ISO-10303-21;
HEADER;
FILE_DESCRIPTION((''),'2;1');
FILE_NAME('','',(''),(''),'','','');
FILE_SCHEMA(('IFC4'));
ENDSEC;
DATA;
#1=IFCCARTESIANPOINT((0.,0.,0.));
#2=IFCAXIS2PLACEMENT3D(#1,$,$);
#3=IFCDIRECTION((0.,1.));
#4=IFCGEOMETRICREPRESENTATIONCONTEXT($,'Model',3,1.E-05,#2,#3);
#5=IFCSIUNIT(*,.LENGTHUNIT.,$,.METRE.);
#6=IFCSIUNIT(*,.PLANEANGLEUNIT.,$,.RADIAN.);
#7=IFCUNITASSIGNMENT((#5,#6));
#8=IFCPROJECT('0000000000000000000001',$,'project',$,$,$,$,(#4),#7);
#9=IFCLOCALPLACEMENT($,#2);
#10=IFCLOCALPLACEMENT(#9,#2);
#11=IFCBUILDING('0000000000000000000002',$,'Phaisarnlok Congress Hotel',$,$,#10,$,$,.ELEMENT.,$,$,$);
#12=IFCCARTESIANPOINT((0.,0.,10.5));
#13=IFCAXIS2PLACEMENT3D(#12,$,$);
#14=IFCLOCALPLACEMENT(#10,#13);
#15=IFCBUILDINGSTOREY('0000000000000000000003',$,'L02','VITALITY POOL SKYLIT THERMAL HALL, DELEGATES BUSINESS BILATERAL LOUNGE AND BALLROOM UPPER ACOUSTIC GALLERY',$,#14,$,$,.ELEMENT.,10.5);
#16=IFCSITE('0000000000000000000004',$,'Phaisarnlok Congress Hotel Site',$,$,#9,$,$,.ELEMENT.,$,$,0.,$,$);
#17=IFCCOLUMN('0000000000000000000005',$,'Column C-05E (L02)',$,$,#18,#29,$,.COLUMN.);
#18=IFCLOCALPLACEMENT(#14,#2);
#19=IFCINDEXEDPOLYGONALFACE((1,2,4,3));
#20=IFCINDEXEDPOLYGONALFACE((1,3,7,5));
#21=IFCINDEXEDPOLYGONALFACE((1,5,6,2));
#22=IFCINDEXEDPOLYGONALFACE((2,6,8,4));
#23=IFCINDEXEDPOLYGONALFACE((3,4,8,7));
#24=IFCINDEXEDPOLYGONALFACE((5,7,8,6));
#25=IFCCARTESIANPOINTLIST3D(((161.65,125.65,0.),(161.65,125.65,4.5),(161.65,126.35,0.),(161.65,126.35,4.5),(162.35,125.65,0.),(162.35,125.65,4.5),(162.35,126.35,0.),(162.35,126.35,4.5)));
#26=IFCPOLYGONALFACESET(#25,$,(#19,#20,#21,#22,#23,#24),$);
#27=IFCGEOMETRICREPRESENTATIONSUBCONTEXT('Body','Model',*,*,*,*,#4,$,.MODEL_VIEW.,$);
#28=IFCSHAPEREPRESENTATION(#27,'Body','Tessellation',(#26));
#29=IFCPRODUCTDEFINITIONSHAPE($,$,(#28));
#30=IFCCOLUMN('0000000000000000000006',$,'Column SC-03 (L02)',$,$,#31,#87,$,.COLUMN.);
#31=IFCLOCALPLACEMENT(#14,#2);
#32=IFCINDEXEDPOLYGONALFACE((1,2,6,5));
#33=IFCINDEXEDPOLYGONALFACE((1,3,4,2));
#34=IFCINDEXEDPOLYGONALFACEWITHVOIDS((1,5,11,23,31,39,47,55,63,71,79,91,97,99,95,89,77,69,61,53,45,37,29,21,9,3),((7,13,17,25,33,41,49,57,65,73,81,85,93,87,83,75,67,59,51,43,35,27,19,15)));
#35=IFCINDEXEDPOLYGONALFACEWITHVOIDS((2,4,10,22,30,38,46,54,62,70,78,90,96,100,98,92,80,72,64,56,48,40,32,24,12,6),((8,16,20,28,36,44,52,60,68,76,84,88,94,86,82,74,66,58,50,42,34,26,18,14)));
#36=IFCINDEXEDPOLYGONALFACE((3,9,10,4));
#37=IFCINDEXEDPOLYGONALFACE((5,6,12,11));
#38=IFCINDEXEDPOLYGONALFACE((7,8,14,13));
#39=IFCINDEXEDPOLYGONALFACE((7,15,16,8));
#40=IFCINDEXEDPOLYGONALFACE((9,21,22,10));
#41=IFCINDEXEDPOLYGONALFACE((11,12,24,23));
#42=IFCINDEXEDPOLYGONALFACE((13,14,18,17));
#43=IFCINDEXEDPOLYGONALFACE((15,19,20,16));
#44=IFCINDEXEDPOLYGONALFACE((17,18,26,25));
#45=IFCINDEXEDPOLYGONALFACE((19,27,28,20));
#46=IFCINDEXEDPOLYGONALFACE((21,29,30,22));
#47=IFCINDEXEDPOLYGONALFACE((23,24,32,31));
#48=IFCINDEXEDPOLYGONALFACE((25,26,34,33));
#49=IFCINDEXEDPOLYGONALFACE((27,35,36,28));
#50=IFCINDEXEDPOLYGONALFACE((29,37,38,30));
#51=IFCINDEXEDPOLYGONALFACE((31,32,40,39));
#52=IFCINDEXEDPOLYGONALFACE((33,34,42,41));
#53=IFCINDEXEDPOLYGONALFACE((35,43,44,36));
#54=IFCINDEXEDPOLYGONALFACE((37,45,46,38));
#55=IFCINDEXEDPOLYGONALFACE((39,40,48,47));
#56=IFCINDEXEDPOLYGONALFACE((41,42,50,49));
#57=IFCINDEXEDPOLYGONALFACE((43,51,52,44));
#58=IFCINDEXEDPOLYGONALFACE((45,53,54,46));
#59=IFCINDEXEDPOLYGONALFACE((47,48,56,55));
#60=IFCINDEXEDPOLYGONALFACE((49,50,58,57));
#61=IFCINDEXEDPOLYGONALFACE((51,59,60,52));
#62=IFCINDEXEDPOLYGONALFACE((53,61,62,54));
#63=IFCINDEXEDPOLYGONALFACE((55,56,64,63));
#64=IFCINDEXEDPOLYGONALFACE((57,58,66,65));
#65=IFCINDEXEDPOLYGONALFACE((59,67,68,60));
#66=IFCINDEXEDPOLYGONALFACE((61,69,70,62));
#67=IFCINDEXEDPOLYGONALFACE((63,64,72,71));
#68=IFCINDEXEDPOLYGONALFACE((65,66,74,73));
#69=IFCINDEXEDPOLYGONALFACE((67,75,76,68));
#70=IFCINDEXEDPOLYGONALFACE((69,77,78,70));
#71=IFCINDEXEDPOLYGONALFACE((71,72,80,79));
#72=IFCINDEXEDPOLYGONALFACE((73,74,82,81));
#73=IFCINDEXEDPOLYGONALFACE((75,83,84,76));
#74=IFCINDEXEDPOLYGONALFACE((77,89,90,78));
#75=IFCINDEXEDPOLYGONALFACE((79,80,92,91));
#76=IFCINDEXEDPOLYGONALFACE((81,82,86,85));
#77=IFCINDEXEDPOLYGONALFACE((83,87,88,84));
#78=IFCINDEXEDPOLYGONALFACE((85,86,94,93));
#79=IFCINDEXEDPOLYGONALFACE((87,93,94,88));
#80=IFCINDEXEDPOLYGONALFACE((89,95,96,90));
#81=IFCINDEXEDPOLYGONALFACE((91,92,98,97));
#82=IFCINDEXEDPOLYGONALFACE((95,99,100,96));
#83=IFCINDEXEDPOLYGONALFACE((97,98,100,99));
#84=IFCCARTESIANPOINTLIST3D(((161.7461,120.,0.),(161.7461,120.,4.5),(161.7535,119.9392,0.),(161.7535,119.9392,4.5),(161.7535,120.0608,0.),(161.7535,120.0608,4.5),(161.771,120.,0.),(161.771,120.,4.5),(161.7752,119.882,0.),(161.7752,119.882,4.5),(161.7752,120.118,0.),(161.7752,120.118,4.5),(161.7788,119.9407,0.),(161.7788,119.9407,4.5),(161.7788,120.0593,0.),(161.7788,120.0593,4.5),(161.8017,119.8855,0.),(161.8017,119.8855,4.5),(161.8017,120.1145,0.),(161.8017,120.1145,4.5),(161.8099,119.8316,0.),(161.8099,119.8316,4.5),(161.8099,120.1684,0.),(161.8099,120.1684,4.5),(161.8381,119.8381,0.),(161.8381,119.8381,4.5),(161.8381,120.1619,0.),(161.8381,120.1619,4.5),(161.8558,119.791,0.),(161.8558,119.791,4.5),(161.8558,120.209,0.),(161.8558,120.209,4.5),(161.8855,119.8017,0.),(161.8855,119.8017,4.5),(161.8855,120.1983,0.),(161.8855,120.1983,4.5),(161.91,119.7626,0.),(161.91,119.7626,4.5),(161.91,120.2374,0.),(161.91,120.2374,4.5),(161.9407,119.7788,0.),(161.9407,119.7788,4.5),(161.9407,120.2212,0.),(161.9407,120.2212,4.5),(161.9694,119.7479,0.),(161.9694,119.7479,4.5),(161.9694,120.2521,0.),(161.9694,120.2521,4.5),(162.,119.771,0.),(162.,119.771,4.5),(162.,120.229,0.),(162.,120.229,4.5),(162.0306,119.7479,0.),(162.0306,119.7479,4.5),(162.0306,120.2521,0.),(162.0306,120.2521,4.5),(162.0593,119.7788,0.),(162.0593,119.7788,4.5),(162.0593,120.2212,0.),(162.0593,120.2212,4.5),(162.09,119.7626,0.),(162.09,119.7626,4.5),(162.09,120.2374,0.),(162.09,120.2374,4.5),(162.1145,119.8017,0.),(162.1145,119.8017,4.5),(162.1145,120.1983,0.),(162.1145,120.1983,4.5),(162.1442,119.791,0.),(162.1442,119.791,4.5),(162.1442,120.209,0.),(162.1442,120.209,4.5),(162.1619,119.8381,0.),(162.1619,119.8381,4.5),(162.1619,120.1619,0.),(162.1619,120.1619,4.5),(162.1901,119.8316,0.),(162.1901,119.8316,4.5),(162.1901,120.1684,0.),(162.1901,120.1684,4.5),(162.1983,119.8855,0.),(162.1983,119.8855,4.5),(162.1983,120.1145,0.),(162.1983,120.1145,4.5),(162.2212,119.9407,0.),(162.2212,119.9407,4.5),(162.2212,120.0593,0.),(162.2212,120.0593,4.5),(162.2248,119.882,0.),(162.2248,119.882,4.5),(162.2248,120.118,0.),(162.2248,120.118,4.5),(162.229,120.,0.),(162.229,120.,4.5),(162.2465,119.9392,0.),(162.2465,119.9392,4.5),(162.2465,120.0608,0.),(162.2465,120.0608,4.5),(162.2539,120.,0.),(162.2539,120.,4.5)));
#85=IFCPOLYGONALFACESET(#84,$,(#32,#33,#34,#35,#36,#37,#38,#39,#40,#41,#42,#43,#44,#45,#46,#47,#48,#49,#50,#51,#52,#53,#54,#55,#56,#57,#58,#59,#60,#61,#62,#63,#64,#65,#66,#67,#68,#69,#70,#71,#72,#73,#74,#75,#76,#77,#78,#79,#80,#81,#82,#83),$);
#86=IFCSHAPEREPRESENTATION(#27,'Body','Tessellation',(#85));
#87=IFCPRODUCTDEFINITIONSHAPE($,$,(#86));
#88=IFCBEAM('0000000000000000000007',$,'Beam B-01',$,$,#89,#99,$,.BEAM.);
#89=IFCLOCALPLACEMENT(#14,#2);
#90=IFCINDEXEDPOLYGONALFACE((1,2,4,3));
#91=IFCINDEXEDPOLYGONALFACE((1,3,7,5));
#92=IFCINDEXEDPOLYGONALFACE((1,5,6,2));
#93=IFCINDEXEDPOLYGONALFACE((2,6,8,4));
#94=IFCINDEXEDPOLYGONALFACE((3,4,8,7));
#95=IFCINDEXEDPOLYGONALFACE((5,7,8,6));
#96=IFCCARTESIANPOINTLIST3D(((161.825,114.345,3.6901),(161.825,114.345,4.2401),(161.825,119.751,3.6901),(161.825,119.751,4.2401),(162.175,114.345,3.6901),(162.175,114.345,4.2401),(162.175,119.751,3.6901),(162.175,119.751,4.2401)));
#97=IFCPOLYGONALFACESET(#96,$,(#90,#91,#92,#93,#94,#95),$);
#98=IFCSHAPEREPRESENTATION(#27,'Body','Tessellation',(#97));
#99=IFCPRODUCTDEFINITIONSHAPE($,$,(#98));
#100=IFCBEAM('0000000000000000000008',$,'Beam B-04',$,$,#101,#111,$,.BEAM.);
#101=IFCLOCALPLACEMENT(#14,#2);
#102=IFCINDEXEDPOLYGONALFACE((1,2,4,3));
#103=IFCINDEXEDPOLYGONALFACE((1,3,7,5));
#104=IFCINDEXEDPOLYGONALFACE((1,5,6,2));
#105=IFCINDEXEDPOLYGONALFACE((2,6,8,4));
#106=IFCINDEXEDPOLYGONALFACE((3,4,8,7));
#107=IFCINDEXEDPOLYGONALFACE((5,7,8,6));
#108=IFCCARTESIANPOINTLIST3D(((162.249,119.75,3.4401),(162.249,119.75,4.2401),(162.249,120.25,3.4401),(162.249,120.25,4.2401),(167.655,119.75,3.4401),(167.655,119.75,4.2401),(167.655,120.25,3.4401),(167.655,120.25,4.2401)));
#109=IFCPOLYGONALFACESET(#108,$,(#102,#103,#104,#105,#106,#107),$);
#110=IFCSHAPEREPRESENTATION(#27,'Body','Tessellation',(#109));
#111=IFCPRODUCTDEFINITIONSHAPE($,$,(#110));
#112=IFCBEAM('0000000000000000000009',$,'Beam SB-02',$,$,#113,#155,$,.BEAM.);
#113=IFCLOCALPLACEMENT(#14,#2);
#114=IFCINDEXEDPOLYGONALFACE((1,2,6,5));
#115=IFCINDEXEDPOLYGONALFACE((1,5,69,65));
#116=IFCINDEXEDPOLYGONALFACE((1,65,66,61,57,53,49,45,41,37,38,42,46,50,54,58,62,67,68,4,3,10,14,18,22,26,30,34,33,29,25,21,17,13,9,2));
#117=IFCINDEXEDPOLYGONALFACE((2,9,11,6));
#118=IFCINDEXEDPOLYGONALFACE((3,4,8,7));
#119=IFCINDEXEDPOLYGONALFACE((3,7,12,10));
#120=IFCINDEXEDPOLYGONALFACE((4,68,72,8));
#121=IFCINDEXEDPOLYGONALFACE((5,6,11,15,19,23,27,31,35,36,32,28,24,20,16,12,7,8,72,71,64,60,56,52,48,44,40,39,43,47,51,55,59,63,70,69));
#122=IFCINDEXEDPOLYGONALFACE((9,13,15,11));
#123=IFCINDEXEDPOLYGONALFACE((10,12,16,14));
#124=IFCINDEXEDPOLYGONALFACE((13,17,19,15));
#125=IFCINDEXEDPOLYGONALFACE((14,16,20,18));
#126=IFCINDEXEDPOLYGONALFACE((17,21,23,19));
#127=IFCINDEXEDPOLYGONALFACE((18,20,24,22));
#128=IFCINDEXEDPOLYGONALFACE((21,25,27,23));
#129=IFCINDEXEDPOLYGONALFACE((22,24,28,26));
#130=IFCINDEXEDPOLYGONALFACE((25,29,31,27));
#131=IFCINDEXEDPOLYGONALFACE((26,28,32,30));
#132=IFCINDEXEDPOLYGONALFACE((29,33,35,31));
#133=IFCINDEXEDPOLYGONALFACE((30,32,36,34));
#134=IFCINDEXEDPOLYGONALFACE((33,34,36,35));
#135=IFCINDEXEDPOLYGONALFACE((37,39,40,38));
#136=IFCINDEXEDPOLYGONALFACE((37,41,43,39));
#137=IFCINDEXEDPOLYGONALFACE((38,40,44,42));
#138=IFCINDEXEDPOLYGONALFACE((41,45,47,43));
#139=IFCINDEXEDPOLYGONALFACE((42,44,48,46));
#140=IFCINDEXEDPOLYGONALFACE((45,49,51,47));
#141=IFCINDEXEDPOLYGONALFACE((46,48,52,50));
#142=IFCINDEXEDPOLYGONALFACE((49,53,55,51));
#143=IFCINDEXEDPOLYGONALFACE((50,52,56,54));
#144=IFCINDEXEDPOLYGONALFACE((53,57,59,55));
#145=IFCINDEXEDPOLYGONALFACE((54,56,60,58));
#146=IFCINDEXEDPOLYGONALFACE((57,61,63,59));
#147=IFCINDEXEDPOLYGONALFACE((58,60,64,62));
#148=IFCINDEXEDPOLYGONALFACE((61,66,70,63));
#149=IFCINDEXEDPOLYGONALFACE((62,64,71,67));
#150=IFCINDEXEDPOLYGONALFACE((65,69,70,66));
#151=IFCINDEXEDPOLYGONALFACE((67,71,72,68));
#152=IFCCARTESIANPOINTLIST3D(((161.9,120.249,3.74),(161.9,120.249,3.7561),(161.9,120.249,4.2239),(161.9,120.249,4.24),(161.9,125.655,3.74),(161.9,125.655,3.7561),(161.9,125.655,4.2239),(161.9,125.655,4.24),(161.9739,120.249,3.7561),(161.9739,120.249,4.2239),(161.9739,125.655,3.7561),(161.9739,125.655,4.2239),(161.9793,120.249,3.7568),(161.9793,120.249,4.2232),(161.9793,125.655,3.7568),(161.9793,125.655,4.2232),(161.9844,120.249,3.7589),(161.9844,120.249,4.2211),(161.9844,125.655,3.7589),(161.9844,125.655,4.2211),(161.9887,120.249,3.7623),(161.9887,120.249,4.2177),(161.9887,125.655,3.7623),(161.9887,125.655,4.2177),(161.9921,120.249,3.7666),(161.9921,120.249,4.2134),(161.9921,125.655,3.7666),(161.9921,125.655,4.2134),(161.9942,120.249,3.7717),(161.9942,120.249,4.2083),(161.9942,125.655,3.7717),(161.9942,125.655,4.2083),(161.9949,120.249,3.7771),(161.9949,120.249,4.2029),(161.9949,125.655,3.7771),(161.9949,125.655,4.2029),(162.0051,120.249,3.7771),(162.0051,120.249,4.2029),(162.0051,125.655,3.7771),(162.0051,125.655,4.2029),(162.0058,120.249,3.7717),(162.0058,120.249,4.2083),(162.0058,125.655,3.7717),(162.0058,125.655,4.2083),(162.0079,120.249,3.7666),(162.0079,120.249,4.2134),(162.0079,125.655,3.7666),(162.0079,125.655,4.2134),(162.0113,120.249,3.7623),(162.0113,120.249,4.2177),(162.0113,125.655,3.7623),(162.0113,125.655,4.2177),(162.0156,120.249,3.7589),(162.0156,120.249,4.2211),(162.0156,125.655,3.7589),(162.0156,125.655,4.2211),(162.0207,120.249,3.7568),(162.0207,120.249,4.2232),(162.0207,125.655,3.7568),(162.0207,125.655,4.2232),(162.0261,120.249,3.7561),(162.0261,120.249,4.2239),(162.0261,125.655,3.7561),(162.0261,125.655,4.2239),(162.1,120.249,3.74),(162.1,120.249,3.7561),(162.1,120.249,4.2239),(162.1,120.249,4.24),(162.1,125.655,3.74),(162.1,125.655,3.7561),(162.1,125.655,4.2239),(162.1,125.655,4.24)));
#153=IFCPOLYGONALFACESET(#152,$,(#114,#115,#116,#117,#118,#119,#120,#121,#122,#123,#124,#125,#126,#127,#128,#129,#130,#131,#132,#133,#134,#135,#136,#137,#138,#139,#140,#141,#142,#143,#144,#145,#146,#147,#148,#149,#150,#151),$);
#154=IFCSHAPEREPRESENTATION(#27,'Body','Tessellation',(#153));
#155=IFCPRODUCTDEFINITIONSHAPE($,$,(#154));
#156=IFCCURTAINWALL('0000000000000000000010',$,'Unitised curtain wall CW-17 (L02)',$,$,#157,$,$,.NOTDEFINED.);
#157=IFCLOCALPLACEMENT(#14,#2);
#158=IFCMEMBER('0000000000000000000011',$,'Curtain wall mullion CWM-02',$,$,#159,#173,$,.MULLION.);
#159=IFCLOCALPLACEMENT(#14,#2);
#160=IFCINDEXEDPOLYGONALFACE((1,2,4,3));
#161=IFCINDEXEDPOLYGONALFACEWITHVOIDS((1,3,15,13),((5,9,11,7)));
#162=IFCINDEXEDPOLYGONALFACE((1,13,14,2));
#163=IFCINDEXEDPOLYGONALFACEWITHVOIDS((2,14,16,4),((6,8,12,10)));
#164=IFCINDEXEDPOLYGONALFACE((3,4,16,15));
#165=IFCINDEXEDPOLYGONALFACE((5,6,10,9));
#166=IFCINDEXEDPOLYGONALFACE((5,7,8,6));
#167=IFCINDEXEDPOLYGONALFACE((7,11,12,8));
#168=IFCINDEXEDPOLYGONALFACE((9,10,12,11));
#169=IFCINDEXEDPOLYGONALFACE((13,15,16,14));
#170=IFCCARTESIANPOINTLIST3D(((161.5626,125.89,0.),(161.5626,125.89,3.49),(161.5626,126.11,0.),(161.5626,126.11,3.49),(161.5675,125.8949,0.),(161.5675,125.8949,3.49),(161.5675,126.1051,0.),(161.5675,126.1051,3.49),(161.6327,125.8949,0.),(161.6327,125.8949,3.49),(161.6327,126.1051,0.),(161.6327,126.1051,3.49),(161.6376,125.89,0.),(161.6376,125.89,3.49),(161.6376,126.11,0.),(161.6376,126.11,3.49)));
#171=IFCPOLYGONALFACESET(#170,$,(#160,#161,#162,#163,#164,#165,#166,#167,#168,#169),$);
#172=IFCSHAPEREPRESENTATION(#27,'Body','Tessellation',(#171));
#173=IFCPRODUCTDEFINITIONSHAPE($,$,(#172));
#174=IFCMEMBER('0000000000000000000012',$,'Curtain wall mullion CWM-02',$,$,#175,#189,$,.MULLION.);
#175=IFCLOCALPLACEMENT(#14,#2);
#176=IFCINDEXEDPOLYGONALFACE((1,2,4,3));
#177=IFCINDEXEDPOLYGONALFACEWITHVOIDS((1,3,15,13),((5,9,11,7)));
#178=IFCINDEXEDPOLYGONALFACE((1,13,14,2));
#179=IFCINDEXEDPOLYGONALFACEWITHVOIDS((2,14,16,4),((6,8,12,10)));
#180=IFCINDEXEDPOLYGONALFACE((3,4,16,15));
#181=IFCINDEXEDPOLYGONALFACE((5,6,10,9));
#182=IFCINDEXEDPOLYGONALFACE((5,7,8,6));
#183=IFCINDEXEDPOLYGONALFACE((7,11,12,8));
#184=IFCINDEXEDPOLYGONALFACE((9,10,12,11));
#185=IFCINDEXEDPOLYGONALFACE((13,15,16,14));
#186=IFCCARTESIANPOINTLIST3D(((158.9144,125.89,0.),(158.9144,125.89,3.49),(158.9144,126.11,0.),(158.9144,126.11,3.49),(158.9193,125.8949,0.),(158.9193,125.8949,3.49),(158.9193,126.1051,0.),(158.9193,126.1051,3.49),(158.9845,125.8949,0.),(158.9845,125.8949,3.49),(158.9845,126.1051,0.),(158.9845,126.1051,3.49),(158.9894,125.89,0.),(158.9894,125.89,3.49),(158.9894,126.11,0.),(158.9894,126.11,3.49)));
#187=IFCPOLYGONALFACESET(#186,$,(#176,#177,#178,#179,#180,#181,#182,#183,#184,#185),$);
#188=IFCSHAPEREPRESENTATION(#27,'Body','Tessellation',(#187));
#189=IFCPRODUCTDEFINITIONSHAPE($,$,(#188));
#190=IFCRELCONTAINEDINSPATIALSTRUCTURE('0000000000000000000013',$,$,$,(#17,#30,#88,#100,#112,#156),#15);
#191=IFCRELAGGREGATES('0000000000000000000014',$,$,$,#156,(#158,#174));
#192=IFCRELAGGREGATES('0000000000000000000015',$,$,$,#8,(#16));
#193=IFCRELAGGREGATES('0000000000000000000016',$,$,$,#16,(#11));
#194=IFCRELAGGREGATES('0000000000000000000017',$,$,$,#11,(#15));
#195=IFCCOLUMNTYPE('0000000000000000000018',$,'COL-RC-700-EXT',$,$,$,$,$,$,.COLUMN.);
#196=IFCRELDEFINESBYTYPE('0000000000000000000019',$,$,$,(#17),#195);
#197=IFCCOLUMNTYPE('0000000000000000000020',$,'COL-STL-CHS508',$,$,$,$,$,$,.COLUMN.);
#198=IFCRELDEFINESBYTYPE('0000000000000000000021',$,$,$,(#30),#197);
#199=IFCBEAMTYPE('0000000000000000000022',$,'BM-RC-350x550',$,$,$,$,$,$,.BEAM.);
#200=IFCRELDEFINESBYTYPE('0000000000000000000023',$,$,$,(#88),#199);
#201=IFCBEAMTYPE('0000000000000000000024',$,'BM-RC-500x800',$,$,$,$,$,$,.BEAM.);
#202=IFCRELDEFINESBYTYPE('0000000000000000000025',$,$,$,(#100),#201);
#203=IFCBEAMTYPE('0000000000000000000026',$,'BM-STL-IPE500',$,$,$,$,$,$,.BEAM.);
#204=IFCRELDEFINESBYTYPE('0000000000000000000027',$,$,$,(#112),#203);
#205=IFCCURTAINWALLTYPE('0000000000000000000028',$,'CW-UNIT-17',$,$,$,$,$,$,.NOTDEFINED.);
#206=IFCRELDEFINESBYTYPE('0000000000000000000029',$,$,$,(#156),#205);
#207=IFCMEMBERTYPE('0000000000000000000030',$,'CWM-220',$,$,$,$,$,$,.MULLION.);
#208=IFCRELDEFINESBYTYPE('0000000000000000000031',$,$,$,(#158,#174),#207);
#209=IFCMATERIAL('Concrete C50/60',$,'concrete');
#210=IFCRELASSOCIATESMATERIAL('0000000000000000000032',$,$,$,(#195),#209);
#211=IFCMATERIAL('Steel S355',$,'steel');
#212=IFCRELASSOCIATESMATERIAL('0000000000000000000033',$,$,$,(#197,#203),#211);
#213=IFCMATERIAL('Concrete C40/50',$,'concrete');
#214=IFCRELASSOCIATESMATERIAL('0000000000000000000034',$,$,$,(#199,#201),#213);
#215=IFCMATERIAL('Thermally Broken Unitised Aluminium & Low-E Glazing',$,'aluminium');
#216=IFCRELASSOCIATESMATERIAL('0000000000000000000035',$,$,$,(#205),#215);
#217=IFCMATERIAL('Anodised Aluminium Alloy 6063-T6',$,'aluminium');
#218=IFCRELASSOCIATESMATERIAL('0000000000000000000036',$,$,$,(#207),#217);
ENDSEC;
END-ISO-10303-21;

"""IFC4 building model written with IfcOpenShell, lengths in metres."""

from ifc_helpers import new_model, si_unit, direction, frame, origin, origin_2d, place, context, subcontext, project, spatial, rectangle, hollow_rectangle, hollow_circle, i_section, extrude, material, material_profile, profile_set, type_object, element, aggregate, save


model = new_model("IFC4")

# Units and contexts
model_context = context("Model", 3, precision=1e-05, world=origin(), true_north=direction((0.0, 1.0)))
body_context = subcontext(model_context, "Body", "Model", "MODEL_VIEW")
ifc_project = project(units=[si_unit("LENGTHUNIT", "METRE"), si_unit("PLANEANGLEUNIT", "RADIAN")], contexts=[model_context])

# Site, building, storey
site_placement = place(None, origin())
site = spatial("IfcSite", under=ifc_project, at=site_placement, Name="Phaisarnlok Congress Hotel Site", CompositionType="ELEMENT", RefElevation=0.0)
building_placement = place(site_placement, origin())
building = spatial("IfcBuilding", under=site, at=building_placement, Name="Phaisarnlok Congress Hotel", CompositionType="ELEMENT")
storey_placement = place(building_placement, frame((0.0, 0.0, 10.5)))
storey = spatial("IfcBuildingStorey", under=building, at=storey_placement, Name="L02", Description="VITALITY POOL SKYLIT THERMAL HALL, DELEGATES BUSINESS BILATERAL LOUNGE AND BALLROOM UPPER ACOUSTIC GALLERY", CompositionType="ELEMENT", Elevation=10.5)

# Columns
ifc_material_1 = material(Name="Concrete C50/60", Category="concrete")
ifc_material_profile_1 = material_profile(ifc_material_1, rectangle(XDim=0.7, YDim=0.7, at=origin_2d()), Name="RC 700x700")
ifc_profile_set_1 = profile_set([ifc_material_profile_1], Name="Concrete C50/60")
column_type_1 = type_object("IfcColumnType", Name="COL-RC-700-EXT", PredefinedType="COLUMN", material=ifc_profile_set_1)
column_1_placement = place(storey_placement, frame((162.0, 126.0, 0.0), z_axis=(0.0, 0.0, 1.0), x_axis=(1.0, 0.0, 0.0)))
element("IfcColumn", 1, at=column_1_placement, inside=storey, type_object=column_type_1, Name="Column C-05E (L02)", PredefinedType="COLUMN", context=body_context, shape_type="SweptSolid", body=[
    extrude(rectangle(XDim=0.7, YDim=0.7, at=origin_2d()), origin(), (0.0, 0.0, 1.0), 4.5),
])
ifc_material_2 = material(Name="Steel S355", Category="steel")
ifc_material_profile_2 = material_profile(ifc_material_2, hollow_circle(Radius=0.2539, WallThickness=0.0249, at=origin_2d()), Name="CHS 508x25")
ifc_profile_set_2 = profile_set([ifc_material_profile_2], Name="Steel S355")
column_type_2 = type_object("IfcColumnType", Name="COL-STL-CHS508", PredefinedType="COLUMN", material=ifc_profile_set_2)
column_2_placement = place(storey_placement, frame((162.0, 120.0, 0.0), z_axis=(0.0, 0.0, 1.0), x_axis=(1.0, 0.0, 0.0)))
element("IfcColumn", 2, at=column_2_placement, inside=storey, type_object=column_type_2, Name="Column SC-03 (L02)", PredefinedType="COLUMN", context=body_context, shape_type="SweptSolid", body=[
    extrude(hollow_circle(Radius=0.2539, WallThickness=0.0249, at=origin_2d()), origin(), (0.0, 0.0, 1.0), 4.5),
])

# Beams
ifc_material_3 = material(Name="Concrete C40/50", Category="concrete")
ifc_material_profile_3 = material_profile(ifc_material_3, rectangle(XDim=0.3501, YDim=0.55, at=origin_2d()), Name="RC 350x550")
ifc_profile_set_3 = profile_set([ifc_material_profile_3], Name="Concrete C40/50")
beam_type_1 = type_object("IfcBeamType", Name="BM-RC-350x550", PredefinedType="BEAM", material=ifc_profile_set_3)
beam_1_placement = place(storey_placement, frame((162.0, 114.345, 3.9651), z_axis=(0.0, 1.0, 0.0), x_axis=(-1.0, 0.0, 0.0)))
element("IfcBeam", 3, at=beam_1_placement, inside=storey, type_object=beam_type_1, Name="Beam B-01", PredefinedType="BEAM", context=body_context, shape_type="SweptSolid", body=[
    extrude(rectangle(XDim=0.3501, YDim=0.55, at=origin_2d()), origin(), (0.0, 0.0, 1.0), 5.406),
])
ifc_material_profile_4 = material_profile(ifc_material_3, rectangle(XDim=0.5, YDim=0.8, at=origin_2d()), Name="RC 500x800")
ifc_profile_set_4 = profile_set([ifc_material_profile_4], Name="Concrete C40/50")
beam_type_2 = type_object("IfcBeamType", Name="BM-RC-500x800", PredefinedType="BEAM", material=ifc_profile_set_4)
beam_2_placement = place(storey_placement, frame((162.249, 120.0, 3.8401), z_axis=(1.0, 0.0, 0.0), x_axis=(0.0, 1.0, 0.0)))
element("IfcBeam", 4, at=beam_2_placement, inside=storey, type_object=beam_type_2, Name="Beam B-04", PredefinedType="BEAM", context=body_context, shape_type="SweptSolid", body=[
    extrude(rectangle(XDim=0.5, YDim=0.8, at=origin_2d()), origin(), (0.0, 0.0, 1.0), 5.406),
])
ifc_material_profile_5 = material_profile(ifc_material_2, i_section(OverallWidth=0.2, OverallDepth=0.5, WebThickness=0.0103, FlangeThickness=0.0161, FilletRadius=0.021, at=origin_2d()), Name="IPE 500")
ifc_profile_set_5 = profile_set([ifc_material_profile_5], Name="Steel S355")
beam_type_3 = type_object("IfcBeamType", Name="BM-STL-IPE500", PredefinedType="BEAM", material=ifc_profile_set_5)
beam_3_placement = place(storey_placement, frame((162.0, 120.249, 3.99), z_axis=(0.0, 1.0, 0.0), x_axis=(-1.0, 0.0, 0.0)))
element("IfcBeam", 5, at=beam_3_placement, inside=storey, type_object=beam_type_3, Name="Beam SB-02", PredefinedType="BEAM", context=body_context, shape_type="SweptSolid", body=[
    extrude(i_section(OverallWidth=0.2, OverallDepth=0.5, WebThickness=0.0103, FlangeThickness=0.0161, FilletRadius=0.021, at=origin_2d()), origin(), (0.0, 0.0, 1.0), 5.406),
])

# Curtain wall, members
ifc_material_4 = material(Name="Thermally Broken Unitised Aluminium & Low-E Glazing", Category="aluminium")
curtain_wall_type = type_object("IfcCurtainWallType", Name="CW-UNIT-17", PredefinedType="NOTDEFINED", material=ifc_material_4)
curtain_wall_placement = place(storey_placement, origin())
curtain_wall = element("IfcCurtainWall", 6, at=curtain_wall_placement, inside=storey, type_object=curtain_wall_type, Name="Unitised curtain wall CW-17 (L02)", PredefinedType="NOTDEFINED")
ifc_material_5 = material(Name="Anodised Aluminium Alloy 6063-T6", Category="aluminium")
ifc_material_profile_6 = material_profile(ifc_material_5, hollow_rectangle(XDim=0.075, YDim=0.22, WallThickness=0.0049, at=origin_2d()), Name="ALU-M 75x220x5")
ifc_profile_set_6 = profile_set([ifc_material_profile_6], Name="Anodised Aluminium Alloy 6063-T6")
member_type_1 = type_object("IfcMemberType", Name="CWM-220", PredefinedType="MULLION", material=ifc_profile_set_6)
member_1_placement = place(storey_placement, frame((161.6001, 126.0, 0.0), z_axis=(0.0, 0.0, 1.0), x_axis=(-1.0, 0.0, 0.0)))
member_1 = element("IfcMember", 7, at=member_1_placement, type_object=member_type_1, Name="Curtain wall mullion CWM-02", PredefinedType="MULLION", context=body_context, shape_type="SweptSolid", body=[
    extrude(hollow_rectangle(XDim=0.075, YDim=0.22, WallThickness=0.0049, at=origin_2d()), origin(), (0.0, 0.0, 1.0), 3.49),
])
member_2_placement = place(storey_placement, frame((158.9519, 126.0, 0.0), z_axis=(0.0, 0.0, 1.0), x_axis=(-1.0, 0.0, 0.0)))
member_2 = element("IfcMember", 8, at=member_2_placement, type_object=member_type_1, Name="Curtain wall mullion CWM-02", PredefinedType="MULLION", context=body_context, shape_type="SweptSolid", body=[
    extrude(hollow_rectangle(XDim=0.075, YDim=0.22, WallThickness=0.0049, at=origin_2d()), origin(), (0.0, 0.0, 1.0), 3.49),
])

aggregate(curtain_wall, [member_1, member_2])

save(model, "model.ifc")
